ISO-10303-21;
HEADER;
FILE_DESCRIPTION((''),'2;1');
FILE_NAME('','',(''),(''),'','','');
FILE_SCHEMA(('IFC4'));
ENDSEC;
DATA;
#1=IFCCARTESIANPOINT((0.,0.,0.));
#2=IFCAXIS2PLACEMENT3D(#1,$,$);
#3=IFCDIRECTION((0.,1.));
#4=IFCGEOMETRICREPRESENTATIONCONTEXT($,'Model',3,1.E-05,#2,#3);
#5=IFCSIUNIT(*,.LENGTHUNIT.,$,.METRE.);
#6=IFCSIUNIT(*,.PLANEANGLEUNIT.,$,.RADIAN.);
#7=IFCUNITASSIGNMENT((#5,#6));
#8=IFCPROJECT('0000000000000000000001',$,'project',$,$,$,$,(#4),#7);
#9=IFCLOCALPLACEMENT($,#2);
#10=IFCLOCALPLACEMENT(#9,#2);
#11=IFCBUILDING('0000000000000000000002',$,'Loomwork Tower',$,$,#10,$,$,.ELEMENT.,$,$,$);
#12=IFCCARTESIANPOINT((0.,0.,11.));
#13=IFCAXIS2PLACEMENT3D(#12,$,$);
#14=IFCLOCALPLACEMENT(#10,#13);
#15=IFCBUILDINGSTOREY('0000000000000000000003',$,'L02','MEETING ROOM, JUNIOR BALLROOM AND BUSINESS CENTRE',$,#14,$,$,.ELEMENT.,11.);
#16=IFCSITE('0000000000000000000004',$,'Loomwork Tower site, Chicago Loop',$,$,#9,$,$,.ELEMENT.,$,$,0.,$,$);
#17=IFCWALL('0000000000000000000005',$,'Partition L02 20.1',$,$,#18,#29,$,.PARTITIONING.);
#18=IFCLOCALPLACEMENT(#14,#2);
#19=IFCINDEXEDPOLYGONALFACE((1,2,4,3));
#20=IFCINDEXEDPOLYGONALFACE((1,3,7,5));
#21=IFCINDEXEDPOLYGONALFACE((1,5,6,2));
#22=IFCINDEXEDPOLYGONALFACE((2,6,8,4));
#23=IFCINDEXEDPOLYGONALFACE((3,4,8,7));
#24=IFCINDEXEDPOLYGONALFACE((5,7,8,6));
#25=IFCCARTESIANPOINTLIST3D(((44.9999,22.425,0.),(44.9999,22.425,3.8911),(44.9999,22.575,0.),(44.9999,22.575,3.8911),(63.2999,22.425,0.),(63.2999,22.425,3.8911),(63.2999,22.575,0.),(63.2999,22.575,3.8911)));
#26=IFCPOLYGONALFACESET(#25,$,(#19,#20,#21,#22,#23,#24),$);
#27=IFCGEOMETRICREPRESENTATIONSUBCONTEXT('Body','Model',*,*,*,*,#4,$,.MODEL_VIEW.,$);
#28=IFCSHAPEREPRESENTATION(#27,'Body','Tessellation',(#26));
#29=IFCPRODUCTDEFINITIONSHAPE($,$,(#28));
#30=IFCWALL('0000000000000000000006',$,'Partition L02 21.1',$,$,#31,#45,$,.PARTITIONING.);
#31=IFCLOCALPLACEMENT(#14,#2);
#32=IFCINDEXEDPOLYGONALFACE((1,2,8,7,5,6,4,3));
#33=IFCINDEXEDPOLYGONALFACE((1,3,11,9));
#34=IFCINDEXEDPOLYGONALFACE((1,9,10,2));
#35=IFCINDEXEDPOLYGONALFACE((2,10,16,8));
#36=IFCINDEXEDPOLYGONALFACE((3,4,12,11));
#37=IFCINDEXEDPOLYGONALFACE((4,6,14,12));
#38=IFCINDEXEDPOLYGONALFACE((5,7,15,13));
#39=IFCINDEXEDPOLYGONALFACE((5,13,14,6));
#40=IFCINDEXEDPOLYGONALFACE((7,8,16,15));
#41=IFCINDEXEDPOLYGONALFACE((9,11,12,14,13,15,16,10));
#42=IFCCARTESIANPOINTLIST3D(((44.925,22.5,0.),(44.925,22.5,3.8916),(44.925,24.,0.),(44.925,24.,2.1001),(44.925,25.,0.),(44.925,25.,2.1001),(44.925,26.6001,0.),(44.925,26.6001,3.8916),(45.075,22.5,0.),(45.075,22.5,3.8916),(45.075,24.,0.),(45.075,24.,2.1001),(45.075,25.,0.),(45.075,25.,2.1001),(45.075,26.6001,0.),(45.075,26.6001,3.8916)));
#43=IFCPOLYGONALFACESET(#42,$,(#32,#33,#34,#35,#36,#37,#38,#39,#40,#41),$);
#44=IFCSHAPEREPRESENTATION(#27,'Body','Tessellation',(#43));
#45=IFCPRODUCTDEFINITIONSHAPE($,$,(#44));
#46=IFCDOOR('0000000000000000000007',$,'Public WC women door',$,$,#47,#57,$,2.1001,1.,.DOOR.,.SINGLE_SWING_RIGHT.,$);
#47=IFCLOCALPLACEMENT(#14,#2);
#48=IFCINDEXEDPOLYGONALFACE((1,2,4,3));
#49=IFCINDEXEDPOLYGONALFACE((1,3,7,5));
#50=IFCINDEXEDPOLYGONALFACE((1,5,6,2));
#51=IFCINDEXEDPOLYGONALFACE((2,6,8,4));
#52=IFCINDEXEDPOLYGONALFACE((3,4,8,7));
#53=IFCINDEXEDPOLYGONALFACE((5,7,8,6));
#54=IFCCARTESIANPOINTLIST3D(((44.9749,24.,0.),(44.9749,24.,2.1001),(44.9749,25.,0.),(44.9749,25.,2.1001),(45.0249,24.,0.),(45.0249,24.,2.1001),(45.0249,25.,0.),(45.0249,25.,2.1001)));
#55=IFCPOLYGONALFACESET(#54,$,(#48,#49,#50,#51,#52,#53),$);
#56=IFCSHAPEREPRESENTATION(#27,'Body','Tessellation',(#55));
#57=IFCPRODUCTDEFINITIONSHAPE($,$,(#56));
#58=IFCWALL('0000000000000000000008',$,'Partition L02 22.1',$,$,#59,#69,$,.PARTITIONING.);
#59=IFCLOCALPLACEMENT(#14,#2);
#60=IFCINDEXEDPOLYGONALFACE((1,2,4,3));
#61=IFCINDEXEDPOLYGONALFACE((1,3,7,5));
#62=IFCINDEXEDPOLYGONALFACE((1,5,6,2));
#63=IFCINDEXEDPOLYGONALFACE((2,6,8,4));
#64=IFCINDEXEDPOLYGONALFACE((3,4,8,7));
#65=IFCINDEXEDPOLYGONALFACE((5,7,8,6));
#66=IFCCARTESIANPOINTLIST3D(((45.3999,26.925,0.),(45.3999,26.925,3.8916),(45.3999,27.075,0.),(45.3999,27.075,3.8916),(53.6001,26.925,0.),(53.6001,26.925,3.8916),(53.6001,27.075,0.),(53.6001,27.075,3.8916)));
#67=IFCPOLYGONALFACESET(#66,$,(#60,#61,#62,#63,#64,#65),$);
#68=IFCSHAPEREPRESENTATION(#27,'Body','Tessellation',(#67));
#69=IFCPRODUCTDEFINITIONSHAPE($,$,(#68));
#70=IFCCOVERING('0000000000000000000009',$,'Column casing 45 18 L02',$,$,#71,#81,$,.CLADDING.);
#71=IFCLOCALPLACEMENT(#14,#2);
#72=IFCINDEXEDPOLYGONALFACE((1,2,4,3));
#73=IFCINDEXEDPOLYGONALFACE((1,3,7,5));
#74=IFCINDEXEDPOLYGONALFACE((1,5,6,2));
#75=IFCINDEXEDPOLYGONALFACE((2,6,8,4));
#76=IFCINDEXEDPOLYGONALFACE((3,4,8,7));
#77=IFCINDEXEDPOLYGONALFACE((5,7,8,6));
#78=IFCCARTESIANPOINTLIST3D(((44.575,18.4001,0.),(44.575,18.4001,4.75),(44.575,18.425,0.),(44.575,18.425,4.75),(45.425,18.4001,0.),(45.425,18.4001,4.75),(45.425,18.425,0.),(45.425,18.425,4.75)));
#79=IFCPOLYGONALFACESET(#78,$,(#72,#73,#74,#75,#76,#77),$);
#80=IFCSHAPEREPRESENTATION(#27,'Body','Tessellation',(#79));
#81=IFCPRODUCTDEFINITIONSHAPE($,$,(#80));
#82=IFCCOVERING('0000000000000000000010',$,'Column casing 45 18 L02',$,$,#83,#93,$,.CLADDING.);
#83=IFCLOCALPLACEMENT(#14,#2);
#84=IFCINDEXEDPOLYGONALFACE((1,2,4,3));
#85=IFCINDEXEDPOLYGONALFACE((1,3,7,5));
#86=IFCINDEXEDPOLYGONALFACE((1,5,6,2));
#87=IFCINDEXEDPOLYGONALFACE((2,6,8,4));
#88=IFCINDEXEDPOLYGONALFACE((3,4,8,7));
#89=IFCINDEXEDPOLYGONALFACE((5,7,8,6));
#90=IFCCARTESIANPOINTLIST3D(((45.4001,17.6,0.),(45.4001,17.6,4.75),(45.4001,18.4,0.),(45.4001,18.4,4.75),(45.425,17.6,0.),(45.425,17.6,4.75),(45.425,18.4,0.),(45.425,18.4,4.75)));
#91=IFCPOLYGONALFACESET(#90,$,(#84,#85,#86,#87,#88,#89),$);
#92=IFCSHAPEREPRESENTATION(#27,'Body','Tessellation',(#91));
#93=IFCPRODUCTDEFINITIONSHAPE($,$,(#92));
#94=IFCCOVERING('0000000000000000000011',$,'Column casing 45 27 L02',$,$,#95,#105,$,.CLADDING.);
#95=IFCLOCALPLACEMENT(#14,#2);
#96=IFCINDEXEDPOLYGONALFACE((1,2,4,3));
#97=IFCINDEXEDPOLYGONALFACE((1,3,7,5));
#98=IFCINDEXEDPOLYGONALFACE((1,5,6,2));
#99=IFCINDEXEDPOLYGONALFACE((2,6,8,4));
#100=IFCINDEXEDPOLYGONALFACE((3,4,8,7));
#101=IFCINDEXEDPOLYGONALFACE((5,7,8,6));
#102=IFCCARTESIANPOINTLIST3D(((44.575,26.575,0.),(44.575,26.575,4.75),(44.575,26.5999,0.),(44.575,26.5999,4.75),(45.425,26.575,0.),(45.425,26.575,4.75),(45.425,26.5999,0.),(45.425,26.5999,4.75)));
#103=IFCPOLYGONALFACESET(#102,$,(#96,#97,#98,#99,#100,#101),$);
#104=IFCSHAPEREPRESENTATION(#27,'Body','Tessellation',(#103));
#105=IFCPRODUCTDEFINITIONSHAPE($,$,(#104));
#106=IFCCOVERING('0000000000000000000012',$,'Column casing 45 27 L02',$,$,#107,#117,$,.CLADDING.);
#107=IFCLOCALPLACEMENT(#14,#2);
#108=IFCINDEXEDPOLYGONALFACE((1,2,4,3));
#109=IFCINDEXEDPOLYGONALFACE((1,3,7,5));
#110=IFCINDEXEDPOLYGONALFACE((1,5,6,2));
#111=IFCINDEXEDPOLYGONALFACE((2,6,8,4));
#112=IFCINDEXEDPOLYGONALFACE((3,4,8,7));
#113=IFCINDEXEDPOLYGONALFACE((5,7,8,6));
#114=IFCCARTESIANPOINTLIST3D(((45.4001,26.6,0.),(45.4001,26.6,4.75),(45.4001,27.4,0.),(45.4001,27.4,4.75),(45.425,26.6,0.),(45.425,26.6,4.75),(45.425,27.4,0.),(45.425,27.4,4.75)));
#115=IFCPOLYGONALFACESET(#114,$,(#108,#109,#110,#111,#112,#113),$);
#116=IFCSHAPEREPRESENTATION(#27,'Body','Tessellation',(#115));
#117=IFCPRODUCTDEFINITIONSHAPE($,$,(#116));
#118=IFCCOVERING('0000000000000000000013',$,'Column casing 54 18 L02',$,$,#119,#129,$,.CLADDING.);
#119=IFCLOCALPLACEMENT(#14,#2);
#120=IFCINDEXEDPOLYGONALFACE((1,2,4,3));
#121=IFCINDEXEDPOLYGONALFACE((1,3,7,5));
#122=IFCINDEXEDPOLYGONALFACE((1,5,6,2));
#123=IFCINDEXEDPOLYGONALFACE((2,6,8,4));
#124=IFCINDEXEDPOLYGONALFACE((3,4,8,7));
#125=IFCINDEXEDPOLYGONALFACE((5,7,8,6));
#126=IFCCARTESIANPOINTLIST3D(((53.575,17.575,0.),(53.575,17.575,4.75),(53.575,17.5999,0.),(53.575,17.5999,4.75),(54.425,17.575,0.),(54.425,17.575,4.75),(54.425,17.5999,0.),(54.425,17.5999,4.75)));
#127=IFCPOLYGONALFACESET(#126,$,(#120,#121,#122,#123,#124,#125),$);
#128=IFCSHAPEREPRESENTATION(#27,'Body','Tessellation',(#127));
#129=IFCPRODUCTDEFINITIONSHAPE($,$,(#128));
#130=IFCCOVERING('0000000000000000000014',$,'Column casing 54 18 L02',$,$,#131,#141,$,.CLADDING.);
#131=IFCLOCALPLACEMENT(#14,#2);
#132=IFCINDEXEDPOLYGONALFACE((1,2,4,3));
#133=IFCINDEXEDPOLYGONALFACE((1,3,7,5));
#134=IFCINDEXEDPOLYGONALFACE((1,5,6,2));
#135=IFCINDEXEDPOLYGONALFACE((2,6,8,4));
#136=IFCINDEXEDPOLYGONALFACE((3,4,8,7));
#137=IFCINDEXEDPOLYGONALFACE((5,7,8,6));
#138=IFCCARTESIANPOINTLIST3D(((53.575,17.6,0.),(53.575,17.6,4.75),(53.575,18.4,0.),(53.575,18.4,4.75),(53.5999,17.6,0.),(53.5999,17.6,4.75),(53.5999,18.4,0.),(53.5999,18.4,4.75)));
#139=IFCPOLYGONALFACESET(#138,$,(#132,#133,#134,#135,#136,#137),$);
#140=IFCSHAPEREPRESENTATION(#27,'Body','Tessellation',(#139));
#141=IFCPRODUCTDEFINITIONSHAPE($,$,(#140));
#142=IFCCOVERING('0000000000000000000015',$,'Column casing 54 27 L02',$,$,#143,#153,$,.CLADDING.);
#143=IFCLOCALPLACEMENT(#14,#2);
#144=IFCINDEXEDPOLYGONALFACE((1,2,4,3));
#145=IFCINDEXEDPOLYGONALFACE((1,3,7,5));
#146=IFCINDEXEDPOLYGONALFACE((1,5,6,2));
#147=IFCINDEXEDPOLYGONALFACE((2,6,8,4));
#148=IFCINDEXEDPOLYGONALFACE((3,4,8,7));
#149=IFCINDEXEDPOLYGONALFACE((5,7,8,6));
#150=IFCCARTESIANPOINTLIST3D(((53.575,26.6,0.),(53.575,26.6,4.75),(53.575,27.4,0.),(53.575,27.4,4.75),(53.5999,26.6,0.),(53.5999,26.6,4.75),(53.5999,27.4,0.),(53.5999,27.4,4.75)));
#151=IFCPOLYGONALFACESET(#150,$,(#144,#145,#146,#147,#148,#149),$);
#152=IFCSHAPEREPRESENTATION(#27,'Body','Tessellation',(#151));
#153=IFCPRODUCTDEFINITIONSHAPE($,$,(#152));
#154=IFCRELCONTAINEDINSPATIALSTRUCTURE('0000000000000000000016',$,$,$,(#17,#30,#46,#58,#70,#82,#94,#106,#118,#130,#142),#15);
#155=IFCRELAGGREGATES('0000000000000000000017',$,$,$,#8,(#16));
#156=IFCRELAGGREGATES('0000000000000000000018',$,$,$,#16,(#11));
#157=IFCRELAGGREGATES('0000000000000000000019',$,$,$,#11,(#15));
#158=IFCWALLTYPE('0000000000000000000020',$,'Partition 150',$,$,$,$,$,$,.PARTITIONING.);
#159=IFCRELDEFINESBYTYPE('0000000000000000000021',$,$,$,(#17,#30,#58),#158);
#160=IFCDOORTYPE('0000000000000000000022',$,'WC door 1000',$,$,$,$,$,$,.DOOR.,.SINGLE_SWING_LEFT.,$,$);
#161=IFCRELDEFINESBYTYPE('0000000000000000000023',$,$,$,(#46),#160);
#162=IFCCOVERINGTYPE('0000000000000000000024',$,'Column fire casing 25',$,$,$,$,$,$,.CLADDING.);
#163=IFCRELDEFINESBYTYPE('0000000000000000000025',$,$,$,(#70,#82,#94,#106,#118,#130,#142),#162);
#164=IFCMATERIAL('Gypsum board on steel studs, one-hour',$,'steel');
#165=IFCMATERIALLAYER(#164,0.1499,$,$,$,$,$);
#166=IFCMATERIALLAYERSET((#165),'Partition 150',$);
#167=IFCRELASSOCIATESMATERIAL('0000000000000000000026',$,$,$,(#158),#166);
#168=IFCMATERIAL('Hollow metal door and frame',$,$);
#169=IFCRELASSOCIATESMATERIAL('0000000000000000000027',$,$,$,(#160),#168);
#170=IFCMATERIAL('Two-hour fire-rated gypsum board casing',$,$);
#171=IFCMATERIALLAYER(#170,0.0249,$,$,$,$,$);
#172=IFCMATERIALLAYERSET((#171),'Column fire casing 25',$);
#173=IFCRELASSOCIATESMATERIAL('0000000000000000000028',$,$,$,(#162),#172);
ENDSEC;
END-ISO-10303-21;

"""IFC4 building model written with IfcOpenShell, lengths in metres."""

from ifc_helpers import new_model, si_unit, direction, frame, frame_2d, origin, origin_2d, place, context, subcontext, project, spatial, rectangle, extrude, material, layer, layer_set, type_object, element, fill, save


model = new_model("IFC4")

# Units and contexts
model_context = context("Model", 3, precision=1e-05, world=origin(), true_north=direction((0.0, 1.0)))
body_context = subcontext(model_context, "Body", "Model", "MODEL_VIEW")
ifc_project = project(units=[si_unit("LENGTHUNIT", "METRE"), si_unit("PLANEANGLEUNIT", "RADIAN")], contexts=[model_context])

# Site, building, storey
site_placement = place(None, origin())
site = spatial("IfcSite", under=ifc_project, at=site_placement, Name="Loomwork Tower site, Chicago Loop", CompositionType="ELEMENT", RefElevation=0.0)
building_placement = place(site_placement, origin())
building = spatial("IfcBuilding", under=site, at=building_placement, Name="Loomwork Tower", CompositionType="ELEMENT")
storey_placement = place(building_placement, frame((0.0, 0.0, 11.0)))
storey = spatial("IfcBuildingStorey", under=building, at=storey_placement, Name="L02", Description="MEETING ROOM, JUNIOR BALLROOM AND BUSINESS CENTRE", CompositionType="ELEMENT", Elevation=11.0)

# Shared definitions
ifc_material_1 = material(Name="Gypsum board on steel studs, one-hour", Category="steel")
ifc_layer_1 = layer(ifc_material_1, 0.1499)
ifc_layer_set_1 = layer_set([ifc_layer_1], Name="Partition 150")
wall_type = type_object("IfcWallType", Name="Partition 150", PredefinedType="PARTITIONING", material=ifc_layer_set_1)

# Shared definitions
ifc_material_2 = material(Name="Hollow metal door and frame")
door_type = type_object("IfcDoorType", Name="WC door 1000", OperationType="SINGLE_SWING_LEFT", PredefinedType="DOOR", material=ifc_material_2)

# Wall
wall_1_placement = place(storey_placement, frame((45.0, 22.5, 0.0), z_axis=(0.0, 0.0, 1.0), x_axis=(1.0, 0.0, 0.0)))
element("IfcWall", 1, at=wall_1_placement, inside=storey, type_object=wall_type, Name="Partition L02 20.1", PredefinedType="PARTITIONING", context=body_context, shape_type="SweptSolid", body=[
    extrude(rectangle(XDim=18.3, YDim=0.1499, at=frame_2d((9.1499, 0.0))), origin(), (0.0, 0.0, 1.0), 3.8911),
])

# Wall, opening, door
wall_2_placement = place(storey_placement, frame((45.0, 22.5, 0.0), z_axis=(0.0, 0.0, 1.0), x_axis=(0.0, 1.0, 0.0)))
wall_2 = element("IfcWall", 2, at=wall_2_placement, inside=storey, type_object=wall_type, Name="Partition L02 21.1", PredefinedType="PARTITIONING", context=body_context, shape_type="SweptSolid", body=[
    extrude(rectangle(XDim=4.1001, YDim=0.1499, at=frame_2d((2.05, 0.0))), origin(), (0.0, 0.0, 1.0), 3.8916),
])
opening_1_placement = place(wall_2_placement, frame((1.5, 0.0, 0.0)))
opening_1 = element("IfcOpeningElement", 3, at=opening_1_placement, cuts=wall_2, PredefinedType="OPENING", context=body_context, shape_type="SweptSolid", body=[
    extrude(rectangle(XDim=1.0, YDim=2.1001, at=frame_2d((0.5, 1.05))), frame((0.0, 0.085, 0.0), z_axis=(0.0, -1.0, 0.0), x_axis=(1.0, 0.0, 0.0)), (0.0, 0.0, 1.0), 0.1699),
])
door_1_placement = place(opening_1_placement, frame((1.0, 0.0, 0.0), z_axis=(0.0, 0.0, 1.0), x_axis=(-1.0, 0.0, 0.0)))
door_1 = element("IfcDoor", 4, at=door_1_placement, inside=storey, type_object=door_type, Name="Public WC women door", OperationType="SINGLE_SWING_RIGHT", OverallHeight=2.1001, OverallWidth=1.0, PredefinedType="DOOR", context=body_context, shape_type="SweptSolid", body=[
    extrude(rectangle(XDim=1.0, YDim=2.1001, at=frame_2d((0.5, 1.05))), frame((0.0, 0.0249, 0.0), z_axis=(0.0, -1.0, 0.0), x_axis=(1.0, 0.0, 0.0)), (0.0, 0.0, 1.0), 0.05),
])
fill(opening_1, door_1)

# Wall
wall_3_placement = place(storey_placement, frame((45.3999, 27.0, 0.0), z_axis=(0.0, 0.0, 1.0), x_axis=(1.0, 0.0, 0.0)))
element("IfcWall", 5, at=wall_3_placement, inside=storey, type_object=wall_type, Name="Partition L02 22.1", PredefinedType="PARTITIONING", context=body_context, shape_type="SweptSolid", body=[
    extrude(rectangle(XDim=8.2002, YDim=0.1499, at=frame_2d((4.1001, 0.0))), origin(), (0.0, 0.0, 1.0), 3.8916),
])

# Coverings
ifc_material_3 = material(Name="Two-hour fire-rated gypsum board casing")
ifc_layer_2 = layer(ifc_material_3, 0.0249)
ifc_layer_set_2 = layer_set([ifc_layer_2], Name="Column fire casing 25")
covering_type = type_object("IfcCoveringType", Name="Column fire casing 25", PredefinedType="CLADDING", material=ifc_layer_set_2)
covering_1_placement = place(storey_placement, frame((45.0, 18.4126, 0.0), z_axis=(0.0, 0.0, 1.0), x_axis=(1.0, 0.0, 0.0)))
element("IfcCovering", 6, at=covering_1_placement, inside=storey, type_object=covering_type, Name="Column casing 45 18 L02", PredefinedType="CLADDING", context=body_context, shape_type="SweptSolid", body=[
    extrude(rectangle(XDim=0.8501, YDim=0.0249, at=origin_2d()), origin(), (0.0, 0.0, 1.0), 4.75),
])
covering_2_placement = place(storey_placement, frame((45.4126, 18.0, 0.0), z_axis=(0.0, 0.0, 1.0), x_axis=(1.0, 0.0, 0.0)))
element("IfcCovering", 7, at=covering_2_placement, inside=storey, type_object=covering_type, Name="Column casing 45 18 L02", PredefinedType="CLADDING", context=body_context, shape_type="SweptSolid", body=[
    extrude(rectangle(XDim=0.0249, YDim=0.8, at=origin_2d()), origin(), (0.0, 0.0, 1.0), 4.75),
])
covering_3_placement = place(storey_placement, frame((45.0, 26.5874, 0.0), z_axis=(0.0, 0.0, 1.0), x_axis=(1.0, 0.0, 0.0)))
element("IfcCovering", 8, at=covering_3_placement, inside=storey, type_object=covering_type, Name="Column casing 45 27 L02", PredefinedType="CLADDING", context=body_context, shape_type="SweptSolid", body=[
    extrude(rectangle(XDim=0.8501, YDim=0.0249, at=origin_2d()), origin(), (0.0, 0.0, 1.0), 4.75),
])
covering_4_placement = place(storey_placement, frame((45.4126, 27.0, 0.0), z_axis=(0.0, 0.0, 1.0), x_axis=(1.0, 0.0, 0.0)))
element("IfcCovering", 9, at=covering_4_placement, inside=storey, type_object=covering_type, Name="Column casing 45 27 L02", PredefinedType="CLADDING", context=body_context, shape_type="SweptSolid", body=[
    extrude(rectangle(XDim=0.0249, YDim=0.8, at=origin_2d()), origin(), (0.0, 0.0, 1.0), 4.75),
])
covering_5_placement = place(storey_placement, frame((54.0, 17.5874, 0.0), z_axis=(0.0, 0.0, 1.0), x_axis=(1.0, 0.0, 0.0)))
element("IfcCovering", 10, at=covering_5_placement, inside=storey, type_object=covering_type, Name="Column casing 54 18 L02", PredefinedType="CLADDING", context=body_context, shape_type="SweptSolid", body=[
    extrude(rectangle(XDim=0.8501, YDim=0.0249, at=origin_2d()), origin(), (0.0, 0.0, 1.0), 4.75),
])
for number, where, z_axis, x_axis, name in (
    (11, (53.5874, 18.0, 0.0), (0.0, 0.0, 1.0), (1.0, 0.0, 0.0), "Column casing 54 18 L02"),
    (12, (53.5874, 27.0, 0.0), (0.0, 0.0, 1.0), (1.0, 0.0, 0.0), "Column casing 54 27 L02"),
):
    element("IfcCovering", number, at=place(storey_placement, frame(where, z_axis=z_axis, x_axis=x_axis)), inside=storey, type_object=covering_type, Name=name, PredefinedType="CLADDING", context=body_context, shape_type="SweptSolid", body=[
        extrude(rectangle(XDim=0.0249, YDim=0.8, at=origin_2d()), origin(), (0.0, 0.0, 1.0), 4.75),
    ])

save(model, "model.ifc")
